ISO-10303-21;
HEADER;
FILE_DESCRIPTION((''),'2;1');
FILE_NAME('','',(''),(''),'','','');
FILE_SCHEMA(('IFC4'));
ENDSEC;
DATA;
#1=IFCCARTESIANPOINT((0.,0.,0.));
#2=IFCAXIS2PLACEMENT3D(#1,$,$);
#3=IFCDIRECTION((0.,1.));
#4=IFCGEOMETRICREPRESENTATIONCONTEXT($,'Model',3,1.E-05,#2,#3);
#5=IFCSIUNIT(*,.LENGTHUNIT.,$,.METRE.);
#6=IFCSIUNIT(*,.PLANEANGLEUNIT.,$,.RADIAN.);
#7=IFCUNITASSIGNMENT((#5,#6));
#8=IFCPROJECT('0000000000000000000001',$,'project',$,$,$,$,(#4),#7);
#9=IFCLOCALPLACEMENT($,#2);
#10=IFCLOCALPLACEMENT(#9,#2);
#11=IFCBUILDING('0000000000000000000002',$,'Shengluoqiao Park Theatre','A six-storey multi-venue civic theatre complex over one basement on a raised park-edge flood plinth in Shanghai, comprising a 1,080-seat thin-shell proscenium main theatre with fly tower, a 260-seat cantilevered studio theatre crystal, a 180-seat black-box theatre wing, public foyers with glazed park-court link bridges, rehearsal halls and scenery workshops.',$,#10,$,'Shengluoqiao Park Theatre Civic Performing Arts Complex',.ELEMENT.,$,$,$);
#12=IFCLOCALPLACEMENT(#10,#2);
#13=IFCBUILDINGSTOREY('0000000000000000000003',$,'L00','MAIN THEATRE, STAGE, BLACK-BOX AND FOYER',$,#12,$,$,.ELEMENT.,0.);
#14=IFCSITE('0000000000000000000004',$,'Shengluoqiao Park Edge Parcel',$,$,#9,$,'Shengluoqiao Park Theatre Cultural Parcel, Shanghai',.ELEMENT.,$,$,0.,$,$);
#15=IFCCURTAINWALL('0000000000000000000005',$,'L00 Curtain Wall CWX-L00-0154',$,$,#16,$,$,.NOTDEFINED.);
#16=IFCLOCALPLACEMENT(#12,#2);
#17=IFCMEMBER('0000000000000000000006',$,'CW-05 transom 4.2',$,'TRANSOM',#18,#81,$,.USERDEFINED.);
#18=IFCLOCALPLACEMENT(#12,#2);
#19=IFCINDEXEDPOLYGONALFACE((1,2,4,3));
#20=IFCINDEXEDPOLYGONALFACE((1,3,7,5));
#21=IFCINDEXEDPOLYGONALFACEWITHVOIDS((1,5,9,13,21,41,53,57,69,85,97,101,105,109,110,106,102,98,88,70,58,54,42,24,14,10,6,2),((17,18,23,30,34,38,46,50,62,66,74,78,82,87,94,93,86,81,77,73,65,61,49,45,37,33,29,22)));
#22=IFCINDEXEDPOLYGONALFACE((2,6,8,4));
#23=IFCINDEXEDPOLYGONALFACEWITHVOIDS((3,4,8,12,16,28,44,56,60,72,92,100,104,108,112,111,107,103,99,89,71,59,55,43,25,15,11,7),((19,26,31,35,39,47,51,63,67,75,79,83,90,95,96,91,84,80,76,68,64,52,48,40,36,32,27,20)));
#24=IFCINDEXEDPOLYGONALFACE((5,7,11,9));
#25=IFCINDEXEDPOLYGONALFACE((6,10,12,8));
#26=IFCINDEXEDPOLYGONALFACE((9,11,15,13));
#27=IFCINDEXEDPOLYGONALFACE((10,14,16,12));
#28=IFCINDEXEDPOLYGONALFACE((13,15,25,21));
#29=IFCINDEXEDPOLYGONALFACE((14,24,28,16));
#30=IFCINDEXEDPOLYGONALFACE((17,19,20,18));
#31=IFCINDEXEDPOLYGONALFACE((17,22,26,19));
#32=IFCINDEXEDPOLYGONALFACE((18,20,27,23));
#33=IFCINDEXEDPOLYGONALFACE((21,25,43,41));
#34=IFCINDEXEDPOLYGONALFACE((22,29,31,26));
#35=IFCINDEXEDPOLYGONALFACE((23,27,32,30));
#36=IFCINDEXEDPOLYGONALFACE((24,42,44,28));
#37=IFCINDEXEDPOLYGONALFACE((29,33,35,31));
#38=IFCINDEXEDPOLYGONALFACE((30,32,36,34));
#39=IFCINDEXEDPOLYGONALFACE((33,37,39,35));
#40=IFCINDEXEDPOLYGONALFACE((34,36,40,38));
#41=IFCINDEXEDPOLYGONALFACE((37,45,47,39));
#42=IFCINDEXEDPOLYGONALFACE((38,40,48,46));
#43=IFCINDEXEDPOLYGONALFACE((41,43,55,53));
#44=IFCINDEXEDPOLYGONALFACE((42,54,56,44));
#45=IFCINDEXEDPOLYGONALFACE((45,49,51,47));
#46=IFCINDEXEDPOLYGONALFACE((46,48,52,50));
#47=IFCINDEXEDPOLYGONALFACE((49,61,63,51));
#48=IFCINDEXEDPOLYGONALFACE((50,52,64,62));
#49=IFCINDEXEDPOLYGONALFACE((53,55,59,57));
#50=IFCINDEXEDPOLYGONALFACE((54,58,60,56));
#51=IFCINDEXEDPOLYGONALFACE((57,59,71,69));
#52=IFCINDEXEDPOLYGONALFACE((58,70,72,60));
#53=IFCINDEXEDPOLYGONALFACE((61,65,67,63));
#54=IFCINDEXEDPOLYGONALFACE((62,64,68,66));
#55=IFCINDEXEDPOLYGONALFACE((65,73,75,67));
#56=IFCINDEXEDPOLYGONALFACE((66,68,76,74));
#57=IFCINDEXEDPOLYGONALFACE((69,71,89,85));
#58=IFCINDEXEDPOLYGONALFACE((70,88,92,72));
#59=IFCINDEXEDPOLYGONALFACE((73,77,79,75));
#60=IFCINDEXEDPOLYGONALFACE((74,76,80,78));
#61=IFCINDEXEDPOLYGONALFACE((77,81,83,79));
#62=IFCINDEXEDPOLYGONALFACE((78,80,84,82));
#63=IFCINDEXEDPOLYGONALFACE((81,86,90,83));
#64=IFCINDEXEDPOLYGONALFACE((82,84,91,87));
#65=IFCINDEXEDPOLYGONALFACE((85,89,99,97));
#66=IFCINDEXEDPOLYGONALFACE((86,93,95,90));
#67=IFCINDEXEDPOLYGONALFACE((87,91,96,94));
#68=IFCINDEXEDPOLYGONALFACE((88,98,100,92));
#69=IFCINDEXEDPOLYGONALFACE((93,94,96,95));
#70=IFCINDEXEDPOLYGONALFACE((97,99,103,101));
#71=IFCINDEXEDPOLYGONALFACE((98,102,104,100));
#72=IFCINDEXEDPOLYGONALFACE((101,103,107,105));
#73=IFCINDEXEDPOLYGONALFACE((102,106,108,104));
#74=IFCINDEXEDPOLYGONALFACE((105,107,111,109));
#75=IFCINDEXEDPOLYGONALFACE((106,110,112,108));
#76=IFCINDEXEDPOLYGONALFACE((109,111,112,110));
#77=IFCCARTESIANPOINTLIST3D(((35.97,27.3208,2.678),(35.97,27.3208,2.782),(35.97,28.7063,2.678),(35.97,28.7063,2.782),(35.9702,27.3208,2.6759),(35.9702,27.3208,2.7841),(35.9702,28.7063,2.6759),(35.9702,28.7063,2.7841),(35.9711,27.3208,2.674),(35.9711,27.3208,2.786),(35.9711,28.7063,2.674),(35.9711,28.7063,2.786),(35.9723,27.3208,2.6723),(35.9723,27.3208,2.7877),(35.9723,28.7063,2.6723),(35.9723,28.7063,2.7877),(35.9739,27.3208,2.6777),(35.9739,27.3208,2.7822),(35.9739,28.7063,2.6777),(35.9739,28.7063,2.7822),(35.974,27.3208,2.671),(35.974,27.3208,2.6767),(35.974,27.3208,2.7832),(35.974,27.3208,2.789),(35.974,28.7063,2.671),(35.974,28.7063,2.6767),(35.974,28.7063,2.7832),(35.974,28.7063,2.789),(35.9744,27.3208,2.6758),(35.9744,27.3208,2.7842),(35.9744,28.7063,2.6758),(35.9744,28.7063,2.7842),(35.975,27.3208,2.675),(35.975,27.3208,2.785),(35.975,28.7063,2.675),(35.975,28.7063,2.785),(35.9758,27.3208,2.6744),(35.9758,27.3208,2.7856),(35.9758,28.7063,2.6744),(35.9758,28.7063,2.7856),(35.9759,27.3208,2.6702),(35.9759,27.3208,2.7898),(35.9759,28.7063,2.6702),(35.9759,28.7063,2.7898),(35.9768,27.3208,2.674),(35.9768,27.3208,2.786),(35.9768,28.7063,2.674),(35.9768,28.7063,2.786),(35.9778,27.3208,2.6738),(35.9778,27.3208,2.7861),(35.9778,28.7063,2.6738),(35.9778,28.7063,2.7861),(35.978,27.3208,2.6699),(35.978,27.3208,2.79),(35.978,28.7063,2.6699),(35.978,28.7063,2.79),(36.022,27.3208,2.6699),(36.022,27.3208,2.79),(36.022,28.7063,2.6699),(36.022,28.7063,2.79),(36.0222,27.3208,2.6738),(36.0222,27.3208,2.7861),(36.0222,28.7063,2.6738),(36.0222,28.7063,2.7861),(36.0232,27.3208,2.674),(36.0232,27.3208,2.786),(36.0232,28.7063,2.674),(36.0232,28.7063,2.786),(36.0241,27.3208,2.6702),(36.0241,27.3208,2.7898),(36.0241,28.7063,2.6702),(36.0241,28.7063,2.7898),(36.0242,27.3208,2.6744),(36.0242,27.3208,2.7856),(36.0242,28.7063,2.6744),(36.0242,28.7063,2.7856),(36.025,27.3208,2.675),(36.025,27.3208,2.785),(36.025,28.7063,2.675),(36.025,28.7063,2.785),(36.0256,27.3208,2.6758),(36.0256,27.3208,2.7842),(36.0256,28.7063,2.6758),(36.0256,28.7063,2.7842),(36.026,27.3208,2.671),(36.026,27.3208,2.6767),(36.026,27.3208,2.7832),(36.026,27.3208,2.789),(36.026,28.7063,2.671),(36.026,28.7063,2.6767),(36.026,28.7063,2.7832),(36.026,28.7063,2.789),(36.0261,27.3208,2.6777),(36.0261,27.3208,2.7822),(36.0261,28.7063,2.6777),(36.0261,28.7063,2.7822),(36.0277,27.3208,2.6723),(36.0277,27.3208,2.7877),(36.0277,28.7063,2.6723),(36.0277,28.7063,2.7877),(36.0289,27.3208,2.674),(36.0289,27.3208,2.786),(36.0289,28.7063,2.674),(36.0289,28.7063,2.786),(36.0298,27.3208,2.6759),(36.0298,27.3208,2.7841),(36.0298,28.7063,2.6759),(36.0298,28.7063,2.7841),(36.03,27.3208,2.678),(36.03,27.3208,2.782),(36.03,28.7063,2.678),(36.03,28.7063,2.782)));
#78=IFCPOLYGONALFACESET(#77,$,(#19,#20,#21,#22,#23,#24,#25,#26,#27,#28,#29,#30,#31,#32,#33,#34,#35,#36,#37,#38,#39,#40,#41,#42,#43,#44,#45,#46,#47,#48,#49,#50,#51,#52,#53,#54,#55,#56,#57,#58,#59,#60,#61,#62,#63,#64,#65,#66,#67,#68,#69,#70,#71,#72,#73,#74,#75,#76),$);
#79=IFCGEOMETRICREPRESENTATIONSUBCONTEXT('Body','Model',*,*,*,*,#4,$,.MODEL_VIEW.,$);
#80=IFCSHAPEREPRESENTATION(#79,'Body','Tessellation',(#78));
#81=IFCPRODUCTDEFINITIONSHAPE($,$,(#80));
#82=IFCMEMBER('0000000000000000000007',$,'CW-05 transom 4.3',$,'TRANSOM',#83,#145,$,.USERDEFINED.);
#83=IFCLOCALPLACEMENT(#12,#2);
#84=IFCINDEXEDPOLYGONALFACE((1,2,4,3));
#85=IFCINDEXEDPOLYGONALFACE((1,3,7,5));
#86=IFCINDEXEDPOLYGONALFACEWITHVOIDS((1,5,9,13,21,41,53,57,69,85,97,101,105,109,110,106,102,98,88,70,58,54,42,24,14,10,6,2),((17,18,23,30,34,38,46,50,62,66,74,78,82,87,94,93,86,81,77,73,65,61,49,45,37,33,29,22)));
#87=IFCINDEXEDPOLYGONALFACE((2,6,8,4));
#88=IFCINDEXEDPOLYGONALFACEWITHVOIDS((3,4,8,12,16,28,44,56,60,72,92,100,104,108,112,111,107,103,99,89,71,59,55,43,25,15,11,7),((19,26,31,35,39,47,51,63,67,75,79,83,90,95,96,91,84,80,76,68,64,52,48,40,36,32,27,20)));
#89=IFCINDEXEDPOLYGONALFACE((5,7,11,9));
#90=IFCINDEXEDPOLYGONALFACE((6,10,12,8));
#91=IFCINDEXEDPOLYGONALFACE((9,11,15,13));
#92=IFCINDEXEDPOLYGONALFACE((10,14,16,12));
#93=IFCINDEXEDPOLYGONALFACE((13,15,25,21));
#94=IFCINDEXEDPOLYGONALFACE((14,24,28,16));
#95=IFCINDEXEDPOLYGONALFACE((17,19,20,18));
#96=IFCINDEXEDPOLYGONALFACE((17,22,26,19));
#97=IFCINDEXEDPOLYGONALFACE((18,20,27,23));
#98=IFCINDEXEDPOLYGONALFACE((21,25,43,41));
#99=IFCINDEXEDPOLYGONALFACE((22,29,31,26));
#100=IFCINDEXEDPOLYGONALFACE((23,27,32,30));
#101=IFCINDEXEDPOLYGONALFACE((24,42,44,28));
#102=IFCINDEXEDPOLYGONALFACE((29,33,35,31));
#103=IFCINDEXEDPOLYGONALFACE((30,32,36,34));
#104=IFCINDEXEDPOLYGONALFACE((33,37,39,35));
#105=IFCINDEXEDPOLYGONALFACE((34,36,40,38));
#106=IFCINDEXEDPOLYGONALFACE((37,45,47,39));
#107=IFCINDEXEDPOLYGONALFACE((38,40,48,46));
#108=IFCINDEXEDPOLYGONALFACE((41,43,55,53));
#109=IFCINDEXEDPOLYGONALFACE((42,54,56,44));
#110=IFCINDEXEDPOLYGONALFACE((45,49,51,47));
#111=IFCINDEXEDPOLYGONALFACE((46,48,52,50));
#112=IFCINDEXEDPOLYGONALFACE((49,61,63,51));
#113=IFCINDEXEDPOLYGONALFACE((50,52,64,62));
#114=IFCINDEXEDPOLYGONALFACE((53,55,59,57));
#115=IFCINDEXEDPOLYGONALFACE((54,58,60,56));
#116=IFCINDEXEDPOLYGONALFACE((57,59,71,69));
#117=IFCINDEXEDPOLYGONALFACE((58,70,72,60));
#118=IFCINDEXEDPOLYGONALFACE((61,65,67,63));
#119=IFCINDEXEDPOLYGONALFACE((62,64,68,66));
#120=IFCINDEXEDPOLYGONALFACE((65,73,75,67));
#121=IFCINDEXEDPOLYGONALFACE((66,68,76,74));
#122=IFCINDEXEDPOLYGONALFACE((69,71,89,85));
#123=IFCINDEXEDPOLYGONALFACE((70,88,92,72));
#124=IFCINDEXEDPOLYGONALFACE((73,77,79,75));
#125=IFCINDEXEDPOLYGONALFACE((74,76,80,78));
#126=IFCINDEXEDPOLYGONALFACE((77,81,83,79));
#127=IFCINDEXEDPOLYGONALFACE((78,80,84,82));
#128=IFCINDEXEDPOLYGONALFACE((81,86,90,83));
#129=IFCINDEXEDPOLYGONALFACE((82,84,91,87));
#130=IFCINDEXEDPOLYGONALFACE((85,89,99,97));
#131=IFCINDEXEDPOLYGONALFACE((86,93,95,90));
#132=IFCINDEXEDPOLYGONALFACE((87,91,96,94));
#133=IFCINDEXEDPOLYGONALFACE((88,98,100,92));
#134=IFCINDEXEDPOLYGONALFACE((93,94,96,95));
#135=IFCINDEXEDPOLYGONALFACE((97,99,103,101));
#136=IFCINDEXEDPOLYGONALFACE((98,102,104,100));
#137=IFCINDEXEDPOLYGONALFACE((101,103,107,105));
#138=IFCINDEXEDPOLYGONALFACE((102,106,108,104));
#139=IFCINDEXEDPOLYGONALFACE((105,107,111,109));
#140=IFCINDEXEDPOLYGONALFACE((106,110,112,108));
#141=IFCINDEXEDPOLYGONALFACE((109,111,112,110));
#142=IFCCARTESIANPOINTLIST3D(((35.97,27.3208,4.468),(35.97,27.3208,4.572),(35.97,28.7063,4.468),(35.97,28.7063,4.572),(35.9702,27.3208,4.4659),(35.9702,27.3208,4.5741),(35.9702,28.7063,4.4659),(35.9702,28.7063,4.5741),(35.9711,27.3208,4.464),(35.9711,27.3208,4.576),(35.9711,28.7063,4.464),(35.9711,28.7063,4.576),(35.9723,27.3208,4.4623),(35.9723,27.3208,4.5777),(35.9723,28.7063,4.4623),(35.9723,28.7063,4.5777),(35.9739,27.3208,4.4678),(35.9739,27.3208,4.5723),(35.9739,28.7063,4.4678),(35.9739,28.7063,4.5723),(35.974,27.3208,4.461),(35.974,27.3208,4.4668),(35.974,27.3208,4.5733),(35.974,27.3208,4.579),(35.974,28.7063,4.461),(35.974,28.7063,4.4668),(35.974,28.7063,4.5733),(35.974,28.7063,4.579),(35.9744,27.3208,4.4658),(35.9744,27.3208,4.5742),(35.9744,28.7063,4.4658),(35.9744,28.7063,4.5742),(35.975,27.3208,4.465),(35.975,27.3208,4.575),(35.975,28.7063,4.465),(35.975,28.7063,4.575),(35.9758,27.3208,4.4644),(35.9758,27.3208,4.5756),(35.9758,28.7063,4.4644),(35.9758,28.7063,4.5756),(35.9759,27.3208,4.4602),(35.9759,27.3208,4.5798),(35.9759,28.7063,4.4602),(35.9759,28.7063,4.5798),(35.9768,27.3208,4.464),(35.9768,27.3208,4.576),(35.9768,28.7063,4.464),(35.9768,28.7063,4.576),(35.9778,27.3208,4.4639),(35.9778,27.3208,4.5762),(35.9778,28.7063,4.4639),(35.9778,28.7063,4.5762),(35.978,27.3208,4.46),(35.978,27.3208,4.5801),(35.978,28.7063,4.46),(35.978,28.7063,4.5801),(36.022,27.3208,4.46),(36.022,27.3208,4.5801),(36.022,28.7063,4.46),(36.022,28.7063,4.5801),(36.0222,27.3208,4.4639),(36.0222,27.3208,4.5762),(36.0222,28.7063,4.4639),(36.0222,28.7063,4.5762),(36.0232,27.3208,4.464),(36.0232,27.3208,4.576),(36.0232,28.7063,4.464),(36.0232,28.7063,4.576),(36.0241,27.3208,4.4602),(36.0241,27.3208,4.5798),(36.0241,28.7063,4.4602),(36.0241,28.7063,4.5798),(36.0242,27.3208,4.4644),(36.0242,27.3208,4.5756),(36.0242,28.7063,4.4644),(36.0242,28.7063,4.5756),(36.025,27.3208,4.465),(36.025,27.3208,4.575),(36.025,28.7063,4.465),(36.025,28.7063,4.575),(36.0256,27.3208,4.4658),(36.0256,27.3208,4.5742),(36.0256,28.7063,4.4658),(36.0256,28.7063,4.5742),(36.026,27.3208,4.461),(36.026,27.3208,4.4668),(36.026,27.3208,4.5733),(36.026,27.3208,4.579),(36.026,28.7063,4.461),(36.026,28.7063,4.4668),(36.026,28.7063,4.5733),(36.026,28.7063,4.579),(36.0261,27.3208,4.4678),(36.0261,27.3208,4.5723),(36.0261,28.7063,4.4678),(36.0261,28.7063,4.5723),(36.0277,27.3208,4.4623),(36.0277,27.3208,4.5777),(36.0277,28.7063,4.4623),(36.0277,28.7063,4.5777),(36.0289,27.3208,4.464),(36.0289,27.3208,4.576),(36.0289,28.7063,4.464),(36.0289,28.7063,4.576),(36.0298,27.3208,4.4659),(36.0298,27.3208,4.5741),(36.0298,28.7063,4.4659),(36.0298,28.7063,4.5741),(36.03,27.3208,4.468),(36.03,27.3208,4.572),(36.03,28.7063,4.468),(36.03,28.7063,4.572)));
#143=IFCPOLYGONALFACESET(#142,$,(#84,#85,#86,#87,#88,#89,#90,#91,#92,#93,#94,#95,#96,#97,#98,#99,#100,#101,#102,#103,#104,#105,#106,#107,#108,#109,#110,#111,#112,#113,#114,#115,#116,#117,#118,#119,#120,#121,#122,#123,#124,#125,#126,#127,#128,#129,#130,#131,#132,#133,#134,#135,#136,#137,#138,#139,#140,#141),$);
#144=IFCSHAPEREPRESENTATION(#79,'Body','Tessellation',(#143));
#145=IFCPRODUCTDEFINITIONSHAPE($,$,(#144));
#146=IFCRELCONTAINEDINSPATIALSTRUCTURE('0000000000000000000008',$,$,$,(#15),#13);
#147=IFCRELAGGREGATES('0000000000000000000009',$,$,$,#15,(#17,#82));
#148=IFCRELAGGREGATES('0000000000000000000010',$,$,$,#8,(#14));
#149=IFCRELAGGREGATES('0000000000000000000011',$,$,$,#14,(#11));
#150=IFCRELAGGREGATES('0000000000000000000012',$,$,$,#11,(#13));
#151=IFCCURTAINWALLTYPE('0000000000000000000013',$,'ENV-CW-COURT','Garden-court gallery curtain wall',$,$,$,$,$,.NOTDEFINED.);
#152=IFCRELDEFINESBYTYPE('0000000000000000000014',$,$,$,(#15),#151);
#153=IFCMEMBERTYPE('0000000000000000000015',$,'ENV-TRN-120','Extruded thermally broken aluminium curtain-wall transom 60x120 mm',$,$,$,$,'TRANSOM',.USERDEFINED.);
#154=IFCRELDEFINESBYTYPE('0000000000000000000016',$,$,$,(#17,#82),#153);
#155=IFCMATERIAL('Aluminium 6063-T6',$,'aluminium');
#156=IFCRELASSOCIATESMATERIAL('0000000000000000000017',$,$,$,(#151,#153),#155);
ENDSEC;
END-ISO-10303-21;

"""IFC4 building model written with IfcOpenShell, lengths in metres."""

from ifc_helpers import new_model, si_unit, direction, frame, origin, origin_2d, place, context, subcontext, project, spatial, hollow_rectangle, extrude, material, material_profile, profile_set, type_object, element, aggregate, save


model = new_model("IFC4")

# Units and contexts
model_context = context("Model", 3, precision=1e-05, world=origin(), true_north=direction((0.0, 1.0)))
body_context = subcontext(model_context, "Body", "Model", "MODEL_VIEW")
ifc_project = project(units=[si_unit("LENGTHUNIT", "METRE"), si_unit("PLANEANGLEUNIT", "RADIAN")], contexts=[model_context])

# Site, building, storey
site_placement = place(None, origin())
site = spatial("IfcSite", under=ifc_project, at=site_placement, Name="Shengluoqiao Park Edge Parcel", LongName="Shengluoqiao Park Theatre Cultural Parcel, Shanghai", CompositionType="ELEMENT", RefElevation=0.0)
building_placement = place(site_placement, origin())
building = spatial("IfcBuilding", under=site, at=building_placement, Name="Shengluoqiao Park Theatre", Description="A six-storey multi-venue civic theatre complex over one basement on a raised park-edge flood plinth in Shanghai, comprising a 1,080-seat thin-shell proscenium main theatre with fly tower, a 260-seat cantilevered studio theatre crystal, a 180-seat black-box theatre wing, public foyers with glazed park-court link bridges, rehearsal halls and scenery workshops.", LongName="Shengluoqiao Park Theatre Civic Performing Arts Complex", CompositionType="ELEMENT")
storey_placement = place(building_placement, origin())
storey = spatial("IfcBuildingStorey", under=building, at=storey_placement, Name="L00", Description="MAIN THEATRE, STAGE, BLACK-BOX AND FOYER", CompositionType="ELEMENT", Elevation=0.0)

# Curtain wall
ifc_material_1 = material(Name="Aluminium 6063-T6", Category="aluminium")
curtain_wall_type = type_object("IfcCurtainWallType", Name="ENV-CW-COURT", Description="Garden-court gallery curtain wall", PredefinedType="NOTDEFINED", material=ifc_material_1)
curtain_wall_1_placement = place(storey_placement, origin())
curtain_wall_1 = element("IfcCurtainWall", 1, at=curtain_wall_1_placement, inside=storey, type_object=curtain_wall_type, Name="L00 Curtain Wall CWX-L00-0154", PredefinedType="NOTDEFINED")

# Members
ifc_material_profile_1 = material_profile(ifc_material_1, hollow_rectangle(XDim=0.0601, YDim=0.1201, WallThickness=0.0039, InnerFilletRadius=0.0039, OuterFilletRadius=0.0081, at=origin_2d()), Name="ALU TRANSOM 120x60x4")
ifc_profile_set_1 = profile_set([ifc_material_profile_1], Name="Aluminium 6063-T6")
member_type_1 = type_object("IfcMemberType", Name="ENV-TRN-120", Description="Extruded thermally broken aluminium curtain-wall transom 60x120 mm", ElementType="TRANSOM", PredefinedType="USERDEFINED", material=ifc_profile_set_1)
member_1_placement = place(storey_placement, frame((36.0, 27.3208, 2.73), z_axis=(0.0, 1.0, 0.0), x_axis=(-1.0, 0.0, 0.0)))
member_1 = element("IfcMember", 2, at=member_1_placement, type_object=member_type_1, Name="CW-05 transom 4.2", ObjectType="TRANSOM", PredefinedType="USERDEFINED", context=body_context, shape_type="SweptSolid", body=[
    extrude(hollow_rectangle(XDim=0.0601, YDim=0.1201, WallThickness=0.0039, InnerFilletRadius=0.0039, OuterFilletRadius=0.0081, at=origin_2d()), origin(), (0.0, 0.0, 1.0), 1.3855),
])
member_2_placement = place(storey_placement, frame((36.0, 27.3208, 4.52), z_axis=(0.0, 1.0, 0.0), x_axis=(-1.0, 0.0, 0.0)))
member_2 = element("IfcMember", 3, at=member_2_placement, type_object=member_type_1, Name="CW-05 transom 4.3", ObjectType="TRANSOM", PredefinedType="USERDEFINED", context=body_context, shape_type="SweptSolid", body=[
    extrude(hollow_rectangle(XDim=0.0601, YDim=0.1201, WallThickness=0.0039, InnerFilletRadius=0.0039, OuterFilletRadius=0.0081, at=origin_2d()), origin(), (0.0, 0.0, 1.0), 1.3855),
])

aggregate(curtain_wall_1, [member_1, member_2])

save(model, "model.ifc")
